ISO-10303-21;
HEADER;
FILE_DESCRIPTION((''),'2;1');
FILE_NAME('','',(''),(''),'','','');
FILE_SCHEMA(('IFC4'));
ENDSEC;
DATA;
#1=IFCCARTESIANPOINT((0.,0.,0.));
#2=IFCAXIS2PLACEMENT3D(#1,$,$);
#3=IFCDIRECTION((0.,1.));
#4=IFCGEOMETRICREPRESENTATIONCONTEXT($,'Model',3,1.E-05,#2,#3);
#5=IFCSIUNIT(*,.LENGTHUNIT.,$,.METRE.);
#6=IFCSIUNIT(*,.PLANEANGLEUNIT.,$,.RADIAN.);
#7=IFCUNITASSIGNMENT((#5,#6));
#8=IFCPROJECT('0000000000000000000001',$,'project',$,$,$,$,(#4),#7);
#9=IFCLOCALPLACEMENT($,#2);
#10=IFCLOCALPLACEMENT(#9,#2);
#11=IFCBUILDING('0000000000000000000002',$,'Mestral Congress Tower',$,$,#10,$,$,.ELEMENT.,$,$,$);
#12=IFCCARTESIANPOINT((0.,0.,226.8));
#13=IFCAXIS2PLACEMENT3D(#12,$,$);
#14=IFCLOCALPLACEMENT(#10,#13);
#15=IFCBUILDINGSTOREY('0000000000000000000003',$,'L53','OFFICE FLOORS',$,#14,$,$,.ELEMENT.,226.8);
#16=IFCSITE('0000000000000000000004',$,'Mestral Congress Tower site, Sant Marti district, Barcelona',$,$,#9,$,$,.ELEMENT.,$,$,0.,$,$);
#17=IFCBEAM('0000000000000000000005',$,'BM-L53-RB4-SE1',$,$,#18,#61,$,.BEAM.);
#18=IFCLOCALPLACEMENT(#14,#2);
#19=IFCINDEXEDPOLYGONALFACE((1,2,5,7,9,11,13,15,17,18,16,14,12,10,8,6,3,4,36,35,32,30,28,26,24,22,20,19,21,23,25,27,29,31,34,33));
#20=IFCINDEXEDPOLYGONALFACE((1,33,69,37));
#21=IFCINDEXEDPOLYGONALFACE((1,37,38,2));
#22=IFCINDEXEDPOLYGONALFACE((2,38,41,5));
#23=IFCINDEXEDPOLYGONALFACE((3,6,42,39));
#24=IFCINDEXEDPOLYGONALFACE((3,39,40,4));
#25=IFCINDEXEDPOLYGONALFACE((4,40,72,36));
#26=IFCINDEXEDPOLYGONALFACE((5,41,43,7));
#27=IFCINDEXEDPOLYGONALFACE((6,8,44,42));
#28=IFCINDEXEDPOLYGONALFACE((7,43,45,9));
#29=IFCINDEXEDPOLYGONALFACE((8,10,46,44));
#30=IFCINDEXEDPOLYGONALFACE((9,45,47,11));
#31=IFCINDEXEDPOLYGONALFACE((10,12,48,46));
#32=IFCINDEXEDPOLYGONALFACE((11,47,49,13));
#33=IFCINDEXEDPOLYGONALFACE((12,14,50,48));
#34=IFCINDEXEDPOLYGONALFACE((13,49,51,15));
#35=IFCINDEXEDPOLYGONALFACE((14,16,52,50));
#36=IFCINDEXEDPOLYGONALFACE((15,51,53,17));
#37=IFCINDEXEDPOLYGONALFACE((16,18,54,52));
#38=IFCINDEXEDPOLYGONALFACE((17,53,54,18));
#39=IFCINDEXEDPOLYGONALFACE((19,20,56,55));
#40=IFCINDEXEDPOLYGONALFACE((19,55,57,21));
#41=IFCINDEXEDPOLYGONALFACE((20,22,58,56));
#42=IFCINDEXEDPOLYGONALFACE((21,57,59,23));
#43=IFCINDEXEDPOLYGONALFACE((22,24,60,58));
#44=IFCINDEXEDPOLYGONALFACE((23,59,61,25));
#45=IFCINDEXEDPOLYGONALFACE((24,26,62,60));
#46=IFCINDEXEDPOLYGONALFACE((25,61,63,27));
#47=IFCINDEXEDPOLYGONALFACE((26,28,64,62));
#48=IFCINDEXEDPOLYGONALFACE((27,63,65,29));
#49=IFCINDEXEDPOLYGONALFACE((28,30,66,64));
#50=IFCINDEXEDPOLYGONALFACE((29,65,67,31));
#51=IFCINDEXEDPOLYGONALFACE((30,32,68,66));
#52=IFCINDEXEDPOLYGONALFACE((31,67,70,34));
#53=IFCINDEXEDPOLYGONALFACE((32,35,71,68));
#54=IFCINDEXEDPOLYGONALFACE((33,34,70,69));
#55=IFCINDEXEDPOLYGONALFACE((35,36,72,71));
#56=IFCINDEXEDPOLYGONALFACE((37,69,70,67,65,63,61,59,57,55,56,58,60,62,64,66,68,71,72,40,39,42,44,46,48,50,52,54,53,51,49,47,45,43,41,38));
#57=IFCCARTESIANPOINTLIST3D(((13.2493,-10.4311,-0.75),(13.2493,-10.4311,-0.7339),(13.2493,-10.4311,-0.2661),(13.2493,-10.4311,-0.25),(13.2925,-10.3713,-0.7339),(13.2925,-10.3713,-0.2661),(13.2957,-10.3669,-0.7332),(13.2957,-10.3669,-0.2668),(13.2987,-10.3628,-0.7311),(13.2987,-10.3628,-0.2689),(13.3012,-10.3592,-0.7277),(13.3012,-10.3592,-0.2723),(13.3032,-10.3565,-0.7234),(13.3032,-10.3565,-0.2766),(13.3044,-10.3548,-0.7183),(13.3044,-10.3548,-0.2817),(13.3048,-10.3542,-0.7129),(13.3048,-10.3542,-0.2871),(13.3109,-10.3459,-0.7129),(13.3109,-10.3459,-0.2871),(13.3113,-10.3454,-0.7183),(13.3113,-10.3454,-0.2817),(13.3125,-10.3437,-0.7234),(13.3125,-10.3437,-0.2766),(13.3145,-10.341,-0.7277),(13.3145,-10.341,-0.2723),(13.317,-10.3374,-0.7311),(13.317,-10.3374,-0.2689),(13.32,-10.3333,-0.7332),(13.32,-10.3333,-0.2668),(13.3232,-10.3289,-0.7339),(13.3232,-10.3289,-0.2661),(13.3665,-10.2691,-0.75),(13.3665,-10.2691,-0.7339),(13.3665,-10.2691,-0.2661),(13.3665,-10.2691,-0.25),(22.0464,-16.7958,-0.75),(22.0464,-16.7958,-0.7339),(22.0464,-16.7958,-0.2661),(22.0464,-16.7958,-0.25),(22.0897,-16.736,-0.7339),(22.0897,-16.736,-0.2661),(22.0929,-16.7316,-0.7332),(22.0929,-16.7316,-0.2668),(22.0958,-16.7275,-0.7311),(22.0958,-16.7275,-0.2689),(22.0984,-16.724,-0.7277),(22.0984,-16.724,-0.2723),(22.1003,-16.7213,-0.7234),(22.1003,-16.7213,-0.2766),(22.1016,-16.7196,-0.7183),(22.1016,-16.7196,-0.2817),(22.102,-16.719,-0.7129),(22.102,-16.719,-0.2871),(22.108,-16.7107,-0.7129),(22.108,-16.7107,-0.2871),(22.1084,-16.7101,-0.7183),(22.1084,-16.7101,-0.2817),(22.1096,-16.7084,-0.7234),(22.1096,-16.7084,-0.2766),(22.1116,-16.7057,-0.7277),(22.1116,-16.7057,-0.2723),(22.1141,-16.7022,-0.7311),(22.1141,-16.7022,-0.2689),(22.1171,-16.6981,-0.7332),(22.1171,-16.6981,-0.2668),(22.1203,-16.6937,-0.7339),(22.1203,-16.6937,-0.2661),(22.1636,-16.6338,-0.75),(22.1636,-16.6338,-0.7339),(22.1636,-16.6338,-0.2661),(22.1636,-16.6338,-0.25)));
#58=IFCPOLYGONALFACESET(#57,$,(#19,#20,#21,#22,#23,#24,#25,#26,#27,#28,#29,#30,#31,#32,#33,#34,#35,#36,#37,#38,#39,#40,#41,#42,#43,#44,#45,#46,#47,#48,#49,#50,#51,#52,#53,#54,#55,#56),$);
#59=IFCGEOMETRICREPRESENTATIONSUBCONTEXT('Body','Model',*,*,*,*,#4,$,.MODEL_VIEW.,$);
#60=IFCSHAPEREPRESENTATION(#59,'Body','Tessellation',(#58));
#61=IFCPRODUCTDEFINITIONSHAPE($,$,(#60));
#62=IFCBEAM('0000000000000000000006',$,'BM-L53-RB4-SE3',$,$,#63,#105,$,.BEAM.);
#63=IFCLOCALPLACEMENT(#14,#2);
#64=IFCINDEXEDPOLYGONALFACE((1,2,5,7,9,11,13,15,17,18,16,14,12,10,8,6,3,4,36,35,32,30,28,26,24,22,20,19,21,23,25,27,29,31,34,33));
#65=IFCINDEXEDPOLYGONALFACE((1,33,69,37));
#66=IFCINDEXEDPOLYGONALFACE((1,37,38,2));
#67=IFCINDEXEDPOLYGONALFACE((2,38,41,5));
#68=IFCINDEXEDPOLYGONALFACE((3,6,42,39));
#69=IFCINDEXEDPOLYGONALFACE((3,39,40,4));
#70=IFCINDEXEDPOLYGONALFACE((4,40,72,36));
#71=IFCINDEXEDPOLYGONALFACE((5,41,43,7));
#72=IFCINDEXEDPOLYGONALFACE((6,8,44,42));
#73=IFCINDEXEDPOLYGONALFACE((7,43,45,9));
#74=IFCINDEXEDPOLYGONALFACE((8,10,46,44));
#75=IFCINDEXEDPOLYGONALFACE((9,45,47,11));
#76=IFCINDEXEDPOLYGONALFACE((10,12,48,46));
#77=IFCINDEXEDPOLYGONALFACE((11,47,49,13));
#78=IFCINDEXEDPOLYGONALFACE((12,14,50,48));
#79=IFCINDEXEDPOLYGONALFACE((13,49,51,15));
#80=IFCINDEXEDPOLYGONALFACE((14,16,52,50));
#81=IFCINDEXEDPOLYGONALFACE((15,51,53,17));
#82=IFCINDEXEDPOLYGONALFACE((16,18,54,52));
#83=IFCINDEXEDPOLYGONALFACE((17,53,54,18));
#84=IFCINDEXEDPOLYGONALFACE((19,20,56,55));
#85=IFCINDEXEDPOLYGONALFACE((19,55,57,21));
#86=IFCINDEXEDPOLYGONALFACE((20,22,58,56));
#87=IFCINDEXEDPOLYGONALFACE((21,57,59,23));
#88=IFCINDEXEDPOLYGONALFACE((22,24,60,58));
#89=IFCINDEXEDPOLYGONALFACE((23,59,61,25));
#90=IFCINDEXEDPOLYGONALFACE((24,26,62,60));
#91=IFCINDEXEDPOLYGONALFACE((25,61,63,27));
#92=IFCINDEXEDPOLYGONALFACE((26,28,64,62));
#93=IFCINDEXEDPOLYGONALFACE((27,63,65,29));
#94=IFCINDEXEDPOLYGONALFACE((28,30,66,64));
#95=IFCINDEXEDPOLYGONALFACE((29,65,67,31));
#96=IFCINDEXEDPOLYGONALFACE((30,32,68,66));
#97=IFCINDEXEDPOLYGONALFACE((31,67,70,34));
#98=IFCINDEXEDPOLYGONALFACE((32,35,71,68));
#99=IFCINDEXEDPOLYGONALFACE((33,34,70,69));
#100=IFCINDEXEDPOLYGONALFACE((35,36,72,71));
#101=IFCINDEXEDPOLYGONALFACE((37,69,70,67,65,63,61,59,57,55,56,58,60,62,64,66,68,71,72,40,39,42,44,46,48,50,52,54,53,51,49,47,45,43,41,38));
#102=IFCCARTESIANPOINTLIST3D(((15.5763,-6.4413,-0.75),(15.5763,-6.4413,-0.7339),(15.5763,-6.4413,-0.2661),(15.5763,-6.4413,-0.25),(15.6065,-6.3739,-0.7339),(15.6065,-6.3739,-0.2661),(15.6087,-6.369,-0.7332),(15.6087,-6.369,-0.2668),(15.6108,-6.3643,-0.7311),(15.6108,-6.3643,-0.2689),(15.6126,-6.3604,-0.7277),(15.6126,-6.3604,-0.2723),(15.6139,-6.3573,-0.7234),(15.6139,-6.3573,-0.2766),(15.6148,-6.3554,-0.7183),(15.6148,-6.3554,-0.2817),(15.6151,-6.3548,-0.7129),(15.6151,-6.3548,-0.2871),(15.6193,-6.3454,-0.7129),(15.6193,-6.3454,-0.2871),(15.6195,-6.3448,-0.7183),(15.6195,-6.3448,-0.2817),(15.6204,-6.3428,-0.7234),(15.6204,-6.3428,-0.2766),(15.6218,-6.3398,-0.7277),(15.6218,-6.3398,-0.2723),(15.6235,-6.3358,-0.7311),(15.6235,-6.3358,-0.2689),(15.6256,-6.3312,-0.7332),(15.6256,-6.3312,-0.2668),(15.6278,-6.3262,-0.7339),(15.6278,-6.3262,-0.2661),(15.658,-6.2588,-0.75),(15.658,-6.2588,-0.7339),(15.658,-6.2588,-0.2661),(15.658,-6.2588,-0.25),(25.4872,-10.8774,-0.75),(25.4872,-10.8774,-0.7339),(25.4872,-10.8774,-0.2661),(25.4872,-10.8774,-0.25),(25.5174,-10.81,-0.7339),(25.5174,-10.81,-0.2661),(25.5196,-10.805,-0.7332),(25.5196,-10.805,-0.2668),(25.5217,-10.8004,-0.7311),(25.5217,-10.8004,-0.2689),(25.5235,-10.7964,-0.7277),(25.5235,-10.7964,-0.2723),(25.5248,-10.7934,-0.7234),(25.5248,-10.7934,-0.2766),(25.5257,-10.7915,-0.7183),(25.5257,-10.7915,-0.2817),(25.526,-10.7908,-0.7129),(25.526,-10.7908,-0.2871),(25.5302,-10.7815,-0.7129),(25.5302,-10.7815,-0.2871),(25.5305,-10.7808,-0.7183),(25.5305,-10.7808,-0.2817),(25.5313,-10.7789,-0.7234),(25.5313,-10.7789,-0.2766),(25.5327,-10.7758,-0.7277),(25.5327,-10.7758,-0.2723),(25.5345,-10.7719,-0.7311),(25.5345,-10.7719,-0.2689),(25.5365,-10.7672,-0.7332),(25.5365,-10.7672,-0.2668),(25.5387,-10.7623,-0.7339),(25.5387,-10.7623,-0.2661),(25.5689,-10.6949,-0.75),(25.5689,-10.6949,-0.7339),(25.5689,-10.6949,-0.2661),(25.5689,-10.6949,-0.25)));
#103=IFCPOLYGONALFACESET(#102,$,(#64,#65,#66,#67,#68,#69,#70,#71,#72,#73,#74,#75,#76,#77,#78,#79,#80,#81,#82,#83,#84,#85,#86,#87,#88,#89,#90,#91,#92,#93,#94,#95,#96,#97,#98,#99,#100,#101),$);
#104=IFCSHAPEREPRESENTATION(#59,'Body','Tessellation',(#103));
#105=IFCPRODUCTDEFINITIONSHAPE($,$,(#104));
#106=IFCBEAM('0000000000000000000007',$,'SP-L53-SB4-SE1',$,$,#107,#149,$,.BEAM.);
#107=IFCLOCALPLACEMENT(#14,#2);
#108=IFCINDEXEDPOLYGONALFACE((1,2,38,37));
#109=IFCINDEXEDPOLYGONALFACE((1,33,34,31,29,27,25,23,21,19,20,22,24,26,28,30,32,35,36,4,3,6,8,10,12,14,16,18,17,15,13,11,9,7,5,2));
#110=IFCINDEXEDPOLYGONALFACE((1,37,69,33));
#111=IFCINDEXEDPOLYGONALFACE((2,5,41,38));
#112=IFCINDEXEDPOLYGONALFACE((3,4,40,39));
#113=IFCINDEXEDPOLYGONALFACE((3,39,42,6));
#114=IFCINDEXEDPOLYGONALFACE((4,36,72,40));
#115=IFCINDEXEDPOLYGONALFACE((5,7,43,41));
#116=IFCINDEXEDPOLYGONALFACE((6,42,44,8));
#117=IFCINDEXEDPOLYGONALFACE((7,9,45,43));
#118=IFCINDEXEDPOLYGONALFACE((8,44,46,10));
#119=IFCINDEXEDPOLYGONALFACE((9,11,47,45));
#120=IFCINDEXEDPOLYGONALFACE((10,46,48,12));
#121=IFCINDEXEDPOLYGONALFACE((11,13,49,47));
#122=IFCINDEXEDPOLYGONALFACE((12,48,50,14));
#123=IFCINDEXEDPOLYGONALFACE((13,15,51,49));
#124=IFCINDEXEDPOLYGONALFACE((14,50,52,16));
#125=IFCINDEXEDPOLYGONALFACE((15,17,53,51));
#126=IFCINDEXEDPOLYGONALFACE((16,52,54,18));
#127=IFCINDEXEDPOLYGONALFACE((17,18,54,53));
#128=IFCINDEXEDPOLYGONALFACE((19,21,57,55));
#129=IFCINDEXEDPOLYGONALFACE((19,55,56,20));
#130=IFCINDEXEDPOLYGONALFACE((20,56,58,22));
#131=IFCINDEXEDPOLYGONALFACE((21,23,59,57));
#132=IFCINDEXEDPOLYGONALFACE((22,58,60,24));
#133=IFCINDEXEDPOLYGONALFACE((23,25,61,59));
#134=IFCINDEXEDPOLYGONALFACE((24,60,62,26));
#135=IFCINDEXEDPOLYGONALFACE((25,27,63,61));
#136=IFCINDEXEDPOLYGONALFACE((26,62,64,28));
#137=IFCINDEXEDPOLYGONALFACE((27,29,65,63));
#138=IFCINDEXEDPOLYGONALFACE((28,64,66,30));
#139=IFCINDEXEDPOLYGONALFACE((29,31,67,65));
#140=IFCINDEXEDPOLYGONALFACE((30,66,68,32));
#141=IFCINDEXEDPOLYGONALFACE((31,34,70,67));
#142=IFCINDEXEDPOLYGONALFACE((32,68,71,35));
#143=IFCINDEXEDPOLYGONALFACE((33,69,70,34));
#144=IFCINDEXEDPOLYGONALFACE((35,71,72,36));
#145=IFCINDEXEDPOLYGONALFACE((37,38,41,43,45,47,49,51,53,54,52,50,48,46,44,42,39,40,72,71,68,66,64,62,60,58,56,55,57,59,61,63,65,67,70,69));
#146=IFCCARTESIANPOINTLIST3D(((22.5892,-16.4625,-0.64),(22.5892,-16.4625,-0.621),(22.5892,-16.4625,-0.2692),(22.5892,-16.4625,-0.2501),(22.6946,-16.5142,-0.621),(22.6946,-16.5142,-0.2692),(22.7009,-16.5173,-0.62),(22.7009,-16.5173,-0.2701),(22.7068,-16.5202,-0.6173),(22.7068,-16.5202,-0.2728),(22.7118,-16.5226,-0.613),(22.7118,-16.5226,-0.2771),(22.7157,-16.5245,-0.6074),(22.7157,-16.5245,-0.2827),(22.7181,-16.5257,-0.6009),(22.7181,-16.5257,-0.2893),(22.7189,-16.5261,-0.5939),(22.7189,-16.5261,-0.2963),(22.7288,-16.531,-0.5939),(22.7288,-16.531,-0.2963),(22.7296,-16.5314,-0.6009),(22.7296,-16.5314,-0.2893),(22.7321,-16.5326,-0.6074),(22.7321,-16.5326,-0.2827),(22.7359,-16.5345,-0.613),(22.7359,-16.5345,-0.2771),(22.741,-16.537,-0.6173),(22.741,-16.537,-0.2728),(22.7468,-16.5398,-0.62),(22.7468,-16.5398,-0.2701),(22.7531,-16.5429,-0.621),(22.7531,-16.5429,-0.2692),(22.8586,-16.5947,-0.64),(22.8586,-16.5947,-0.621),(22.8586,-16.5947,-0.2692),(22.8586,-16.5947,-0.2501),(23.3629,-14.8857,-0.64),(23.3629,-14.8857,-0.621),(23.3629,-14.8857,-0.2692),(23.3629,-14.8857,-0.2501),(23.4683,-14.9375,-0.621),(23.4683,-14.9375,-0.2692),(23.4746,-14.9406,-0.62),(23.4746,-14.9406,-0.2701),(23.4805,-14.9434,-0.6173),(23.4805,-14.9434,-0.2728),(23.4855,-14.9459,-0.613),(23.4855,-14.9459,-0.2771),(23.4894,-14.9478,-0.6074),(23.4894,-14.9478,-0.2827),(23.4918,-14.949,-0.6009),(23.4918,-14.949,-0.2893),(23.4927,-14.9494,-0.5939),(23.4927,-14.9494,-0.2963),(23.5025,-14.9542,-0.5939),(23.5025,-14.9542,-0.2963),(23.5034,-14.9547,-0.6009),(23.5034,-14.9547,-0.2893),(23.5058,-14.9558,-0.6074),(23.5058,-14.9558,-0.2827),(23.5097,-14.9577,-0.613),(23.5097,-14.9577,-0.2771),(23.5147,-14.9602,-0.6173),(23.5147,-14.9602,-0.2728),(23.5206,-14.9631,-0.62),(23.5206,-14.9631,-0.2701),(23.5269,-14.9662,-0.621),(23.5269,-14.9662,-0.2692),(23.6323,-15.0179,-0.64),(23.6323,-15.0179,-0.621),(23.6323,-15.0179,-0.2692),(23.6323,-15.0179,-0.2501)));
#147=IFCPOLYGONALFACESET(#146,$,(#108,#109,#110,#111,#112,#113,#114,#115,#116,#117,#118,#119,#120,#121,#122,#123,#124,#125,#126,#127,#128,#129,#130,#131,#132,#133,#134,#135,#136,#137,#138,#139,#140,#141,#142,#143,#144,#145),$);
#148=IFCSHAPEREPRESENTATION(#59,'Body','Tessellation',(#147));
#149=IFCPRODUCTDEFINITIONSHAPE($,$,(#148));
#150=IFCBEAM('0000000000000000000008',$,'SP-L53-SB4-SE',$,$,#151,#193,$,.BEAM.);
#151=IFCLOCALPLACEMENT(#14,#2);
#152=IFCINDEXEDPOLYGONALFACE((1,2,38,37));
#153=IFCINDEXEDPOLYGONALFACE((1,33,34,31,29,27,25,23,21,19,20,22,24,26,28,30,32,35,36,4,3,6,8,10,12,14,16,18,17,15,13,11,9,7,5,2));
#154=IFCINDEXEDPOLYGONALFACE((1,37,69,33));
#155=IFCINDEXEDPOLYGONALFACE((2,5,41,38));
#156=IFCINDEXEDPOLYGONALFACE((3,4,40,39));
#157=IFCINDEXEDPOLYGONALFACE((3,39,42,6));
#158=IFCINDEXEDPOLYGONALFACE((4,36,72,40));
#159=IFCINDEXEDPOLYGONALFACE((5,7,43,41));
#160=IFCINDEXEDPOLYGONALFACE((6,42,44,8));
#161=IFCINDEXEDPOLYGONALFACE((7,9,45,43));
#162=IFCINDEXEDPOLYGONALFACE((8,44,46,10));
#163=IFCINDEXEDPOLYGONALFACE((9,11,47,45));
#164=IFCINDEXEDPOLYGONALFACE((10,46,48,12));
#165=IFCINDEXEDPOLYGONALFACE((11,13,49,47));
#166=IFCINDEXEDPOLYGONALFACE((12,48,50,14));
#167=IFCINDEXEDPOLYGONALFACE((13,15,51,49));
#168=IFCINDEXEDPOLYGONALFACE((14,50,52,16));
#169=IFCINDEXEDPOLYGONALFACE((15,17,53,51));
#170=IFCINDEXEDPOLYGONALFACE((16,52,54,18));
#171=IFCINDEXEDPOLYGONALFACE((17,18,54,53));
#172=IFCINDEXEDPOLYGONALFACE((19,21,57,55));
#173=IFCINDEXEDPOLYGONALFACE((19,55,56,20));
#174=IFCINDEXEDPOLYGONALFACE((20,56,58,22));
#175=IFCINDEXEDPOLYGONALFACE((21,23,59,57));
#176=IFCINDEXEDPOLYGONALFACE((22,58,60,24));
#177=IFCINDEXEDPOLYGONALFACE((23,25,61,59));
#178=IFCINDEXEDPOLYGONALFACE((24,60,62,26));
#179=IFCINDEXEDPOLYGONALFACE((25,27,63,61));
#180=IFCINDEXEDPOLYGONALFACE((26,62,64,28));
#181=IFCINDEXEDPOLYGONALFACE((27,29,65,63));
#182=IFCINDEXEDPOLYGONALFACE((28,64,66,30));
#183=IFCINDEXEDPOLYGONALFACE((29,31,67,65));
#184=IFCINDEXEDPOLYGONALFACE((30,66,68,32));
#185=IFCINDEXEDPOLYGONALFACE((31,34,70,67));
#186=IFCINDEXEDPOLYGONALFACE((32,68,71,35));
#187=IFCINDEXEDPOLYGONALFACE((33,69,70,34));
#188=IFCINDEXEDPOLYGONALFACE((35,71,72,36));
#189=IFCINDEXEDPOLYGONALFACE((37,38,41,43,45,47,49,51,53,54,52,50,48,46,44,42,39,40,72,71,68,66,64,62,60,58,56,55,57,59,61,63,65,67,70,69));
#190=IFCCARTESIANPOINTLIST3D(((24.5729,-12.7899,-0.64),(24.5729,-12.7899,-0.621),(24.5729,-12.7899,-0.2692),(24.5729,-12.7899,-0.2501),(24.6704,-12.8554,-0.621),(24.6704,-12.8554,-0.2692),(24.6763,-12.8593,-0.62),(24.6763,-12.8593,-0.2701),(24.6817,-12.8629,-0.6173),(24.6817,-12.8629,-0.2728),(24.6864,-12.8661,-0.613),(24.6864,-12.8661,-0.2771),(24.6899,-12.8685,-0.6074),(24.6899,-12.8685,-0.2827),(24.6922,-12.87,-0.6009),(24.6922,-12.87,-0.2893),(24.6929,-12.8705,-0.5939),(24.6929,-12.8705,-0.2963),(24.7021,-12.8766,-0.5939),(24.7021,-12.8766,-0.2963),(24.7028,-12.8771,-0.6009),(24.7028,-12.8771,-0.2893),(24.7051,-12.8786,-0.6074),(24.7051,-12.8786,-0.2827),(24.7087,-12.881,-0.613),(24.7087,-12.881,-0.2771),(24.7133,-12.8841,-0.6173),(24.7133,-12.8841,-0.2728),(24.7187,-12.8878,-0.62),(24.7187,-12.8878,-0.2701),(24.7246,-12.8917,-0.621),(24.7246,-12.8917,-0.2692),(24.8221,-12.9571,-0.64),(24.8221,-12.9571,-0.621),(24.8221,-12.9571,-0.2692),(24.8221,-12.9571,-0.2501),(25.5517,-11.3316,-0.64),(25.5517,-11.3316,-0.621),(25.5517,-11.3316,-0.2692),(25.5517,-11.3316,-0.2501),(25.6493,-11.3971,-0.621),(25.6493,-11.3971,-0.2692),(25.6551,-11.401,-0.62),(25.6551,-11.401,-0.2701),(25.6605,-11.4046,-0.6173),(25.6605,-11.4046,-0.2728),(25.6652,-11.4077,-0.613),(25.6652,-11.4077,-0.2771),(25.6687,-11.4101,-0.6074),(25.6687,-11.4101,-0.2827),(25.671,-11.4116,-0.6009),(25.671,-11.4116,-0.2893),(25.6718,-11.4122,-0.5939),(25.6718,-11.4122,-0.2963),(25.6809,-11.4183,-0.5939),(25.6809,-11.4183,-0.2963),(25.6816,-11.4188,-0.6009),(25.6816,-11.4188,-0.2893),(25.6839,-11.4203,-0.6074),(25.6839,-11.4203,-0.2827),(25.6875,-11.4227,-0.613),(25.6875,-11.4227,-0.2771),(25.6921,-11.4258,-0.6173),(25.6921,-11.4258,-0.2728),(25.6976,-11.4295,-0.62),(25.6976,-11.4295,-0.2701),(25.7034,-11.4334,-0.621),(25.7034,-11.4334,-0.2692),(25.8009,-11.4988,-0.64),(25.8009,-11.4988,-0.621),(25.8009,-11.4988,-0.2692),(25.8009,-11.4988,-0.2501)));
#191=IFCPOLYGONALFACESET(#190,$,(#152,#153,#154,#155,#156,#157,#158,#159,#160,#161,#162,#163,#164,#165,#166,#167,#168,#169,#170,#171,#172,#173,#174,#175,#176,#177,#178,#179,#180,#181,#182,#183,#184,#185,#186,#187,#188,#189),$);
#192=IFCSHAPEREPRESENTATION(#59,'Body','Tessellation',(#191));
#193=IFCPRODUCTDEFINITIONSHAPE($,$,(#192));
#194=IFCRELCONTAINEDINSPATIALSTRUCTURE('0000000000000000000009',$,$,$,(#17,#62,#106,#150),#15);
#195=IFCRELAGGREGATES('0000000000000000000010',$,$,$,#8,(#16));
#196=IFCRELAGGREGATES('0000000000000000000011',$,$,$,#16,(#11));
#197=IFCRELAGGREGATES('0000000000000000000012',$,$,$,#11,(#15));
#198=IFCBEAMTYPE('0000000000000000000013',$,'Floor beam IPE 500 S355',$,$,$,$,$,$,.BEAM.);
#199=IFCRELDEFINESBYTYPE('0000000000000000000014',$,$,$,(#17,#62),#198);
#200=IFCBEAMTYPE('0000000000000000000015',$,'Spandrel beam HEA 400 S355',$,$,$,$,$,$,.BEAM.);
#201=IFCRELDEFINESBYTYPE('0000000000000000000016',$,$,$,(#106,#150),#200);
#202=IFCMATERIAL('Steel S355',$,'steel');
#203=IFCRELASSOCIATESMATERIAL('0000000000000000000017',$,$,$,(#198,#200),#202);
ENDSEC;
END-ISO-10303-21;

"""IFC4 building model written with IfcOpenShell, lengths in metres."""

from ifc_helpers import new_model, si_unit, direction, frame, origin, origin_2d, place, context, subcontext, project, spatial, i_section, extrude, material, material_profile, profile_set, type_object, element, save


model = new_model("IFC4")

# Units and contexts
model_context = context("Model", 3, precision=1e-05, world=origin(), true_north=direction((0.0, 1.0)))
body_context = subcontext(model_context, "Body", "Model", "MODEL_VIEW")
ifc_project = project(units=[si_unit("LENGTHUNIT", "METRE"), si_unit("PLANEANGLEUNIT", "RADIAN")], contexts=[model_context])

# Site, building, storey
site_placement = place(None, origin())
site = spatial("IfcSite", under=ifc_project, at=site_placement, Name="Mestral Congress Tower site, Sant Marti district, Barcelona", CompositionType="ELEMENT", RefElevation=0.0)
building_placement = place(site_placement, origin())
building = spatial("IfcBuilding", under=site, at=building_placement, Name="Mestral Congress Tower", CompositionType="ELEMENT")
storey_placement = place(building_placement, frame((0.0, 0.0, 226.8)))
storey = spatial("IfcBuildingStorey", under=building, at=storey_placement, Name="L53", Description="OFFICE FLOORS", CompositionType="ELEMENT", Elevation=226.8)

# Beams
ifc_material_1 = material(Name="Steel S355", Category="steel")
ifc_material_profile_1 = material_profile(ifc_material_1, i_section(OverallWidth=0.2, OverallDepth=0.5, WebThickness=0.0103, FlangeThickness=0.0161, FilletRadius=0.021, at=origin_2d()), Name="IPE 500")
ifc_profile_set_1 = profile_set([ifc_material_profile_1], Name="Steel S355")
beam_type_1 = type_object("IfcBeamType", Name="Floor beam IPE 500 S355", PredefinedType="BEAM", material=ifc_profile_set_1)
beam_1_placement = place(storey_placement, frame((22.105, -16.7148, -0.5), z_axis=(-0.810186, 0.586173, 0.0), x_axis=(-0.586173, -0.810186, 0.0)))
element("IfcBeam", 1, at=beam_1_placement, inside=storey, type_object=beam_type_1, Name="BM-L53-RB4-SE1", PredefinedType="BEAM", context=body_context, shape_type="SweptSolid", body=[
    extrude(i_section(OverallWidth=0.2, OverallDepth=0.5, WebThickness=0.0103, FlangeThickness=0.0161, FilletRadius=0.021, at=origin_2d()), origin(), (0.0, 0.0, 1.0), 10.8582),
])
beam_2_placement = place(storey_placement, frame((25.5281, -10.7861, -0.5), z_axis=(-0.912742, 0.408536, 0.0), x_axis=(-0.408536, -0.912742, 0.0)))
element("IfcBeam", 2, at=beam_2_placement, inside=storey, type_object=beam_type_1, Name="BM-L53-RB4-SE3", PredefinedType="BEAM", context=body_context, shape_type="SweptSolid", body=[
    extrude(i_section(OverallWidth=0.2, OverallDepth=0.5, WebThickness=0.0103, FlangeThickness=0.0161, FilletRadius=0.021, at=origin_2d()), origin(), (0.0, 0.0, 1.0), 10.8584),
])
ifc_material_profile_2 = material_profile(ifc_material_1, i_section(OverallWidth=0.3, OverallDepth=0.3899, WebThickness=0.011, FlangeThickness=0.019, FilletRadius=0.0271, at=origin_2d()), Name="HEA 400")
ifc_profile_set_2 = profile_set([ifc_material_profile_2], Name="Steel S355")
beam_type_2 = type_object("IfcBeamType", Name="Spandrel beam HEA 400 S355", PredefinedType="BEAM", material=ifc_profile_set_2)
for number, where, z_axis, x_axis, name in (
    (3, (22.7239, -16.5286, -0.4451), (0.440529, 0.897739, 0.0), (-0.897739, 0.440529, 0.0), "SP-L53-SB4-SE1"),
    (4, (24.6975, -12.8735, -0.4451), (0.557296, 0.830314, 0.0), (-0.830314, 0.557296, 0.0), "SP-L53-SB4-SE"),
):
    element("IfcBeam", number, at=place(storey_placement, frame(where, z_axis=z_axis, x_axis=x_axis)), inside=storey, type_object=beam_type_2, Name=name, PredefinedType="BEAM", context=body_context, shape_type="SweptSolid", body=[
        extrude(i_section(OverallWidth=0.3, OverallDepth=0.3899, WebThickness=0.011, FlangeThickness=0.019, FilletRadius=0.0271, at=origin_2d()), origin(), (0.0, 0.0, 1.0), 1.7563),
    ])

save(model, "model.ifc")
